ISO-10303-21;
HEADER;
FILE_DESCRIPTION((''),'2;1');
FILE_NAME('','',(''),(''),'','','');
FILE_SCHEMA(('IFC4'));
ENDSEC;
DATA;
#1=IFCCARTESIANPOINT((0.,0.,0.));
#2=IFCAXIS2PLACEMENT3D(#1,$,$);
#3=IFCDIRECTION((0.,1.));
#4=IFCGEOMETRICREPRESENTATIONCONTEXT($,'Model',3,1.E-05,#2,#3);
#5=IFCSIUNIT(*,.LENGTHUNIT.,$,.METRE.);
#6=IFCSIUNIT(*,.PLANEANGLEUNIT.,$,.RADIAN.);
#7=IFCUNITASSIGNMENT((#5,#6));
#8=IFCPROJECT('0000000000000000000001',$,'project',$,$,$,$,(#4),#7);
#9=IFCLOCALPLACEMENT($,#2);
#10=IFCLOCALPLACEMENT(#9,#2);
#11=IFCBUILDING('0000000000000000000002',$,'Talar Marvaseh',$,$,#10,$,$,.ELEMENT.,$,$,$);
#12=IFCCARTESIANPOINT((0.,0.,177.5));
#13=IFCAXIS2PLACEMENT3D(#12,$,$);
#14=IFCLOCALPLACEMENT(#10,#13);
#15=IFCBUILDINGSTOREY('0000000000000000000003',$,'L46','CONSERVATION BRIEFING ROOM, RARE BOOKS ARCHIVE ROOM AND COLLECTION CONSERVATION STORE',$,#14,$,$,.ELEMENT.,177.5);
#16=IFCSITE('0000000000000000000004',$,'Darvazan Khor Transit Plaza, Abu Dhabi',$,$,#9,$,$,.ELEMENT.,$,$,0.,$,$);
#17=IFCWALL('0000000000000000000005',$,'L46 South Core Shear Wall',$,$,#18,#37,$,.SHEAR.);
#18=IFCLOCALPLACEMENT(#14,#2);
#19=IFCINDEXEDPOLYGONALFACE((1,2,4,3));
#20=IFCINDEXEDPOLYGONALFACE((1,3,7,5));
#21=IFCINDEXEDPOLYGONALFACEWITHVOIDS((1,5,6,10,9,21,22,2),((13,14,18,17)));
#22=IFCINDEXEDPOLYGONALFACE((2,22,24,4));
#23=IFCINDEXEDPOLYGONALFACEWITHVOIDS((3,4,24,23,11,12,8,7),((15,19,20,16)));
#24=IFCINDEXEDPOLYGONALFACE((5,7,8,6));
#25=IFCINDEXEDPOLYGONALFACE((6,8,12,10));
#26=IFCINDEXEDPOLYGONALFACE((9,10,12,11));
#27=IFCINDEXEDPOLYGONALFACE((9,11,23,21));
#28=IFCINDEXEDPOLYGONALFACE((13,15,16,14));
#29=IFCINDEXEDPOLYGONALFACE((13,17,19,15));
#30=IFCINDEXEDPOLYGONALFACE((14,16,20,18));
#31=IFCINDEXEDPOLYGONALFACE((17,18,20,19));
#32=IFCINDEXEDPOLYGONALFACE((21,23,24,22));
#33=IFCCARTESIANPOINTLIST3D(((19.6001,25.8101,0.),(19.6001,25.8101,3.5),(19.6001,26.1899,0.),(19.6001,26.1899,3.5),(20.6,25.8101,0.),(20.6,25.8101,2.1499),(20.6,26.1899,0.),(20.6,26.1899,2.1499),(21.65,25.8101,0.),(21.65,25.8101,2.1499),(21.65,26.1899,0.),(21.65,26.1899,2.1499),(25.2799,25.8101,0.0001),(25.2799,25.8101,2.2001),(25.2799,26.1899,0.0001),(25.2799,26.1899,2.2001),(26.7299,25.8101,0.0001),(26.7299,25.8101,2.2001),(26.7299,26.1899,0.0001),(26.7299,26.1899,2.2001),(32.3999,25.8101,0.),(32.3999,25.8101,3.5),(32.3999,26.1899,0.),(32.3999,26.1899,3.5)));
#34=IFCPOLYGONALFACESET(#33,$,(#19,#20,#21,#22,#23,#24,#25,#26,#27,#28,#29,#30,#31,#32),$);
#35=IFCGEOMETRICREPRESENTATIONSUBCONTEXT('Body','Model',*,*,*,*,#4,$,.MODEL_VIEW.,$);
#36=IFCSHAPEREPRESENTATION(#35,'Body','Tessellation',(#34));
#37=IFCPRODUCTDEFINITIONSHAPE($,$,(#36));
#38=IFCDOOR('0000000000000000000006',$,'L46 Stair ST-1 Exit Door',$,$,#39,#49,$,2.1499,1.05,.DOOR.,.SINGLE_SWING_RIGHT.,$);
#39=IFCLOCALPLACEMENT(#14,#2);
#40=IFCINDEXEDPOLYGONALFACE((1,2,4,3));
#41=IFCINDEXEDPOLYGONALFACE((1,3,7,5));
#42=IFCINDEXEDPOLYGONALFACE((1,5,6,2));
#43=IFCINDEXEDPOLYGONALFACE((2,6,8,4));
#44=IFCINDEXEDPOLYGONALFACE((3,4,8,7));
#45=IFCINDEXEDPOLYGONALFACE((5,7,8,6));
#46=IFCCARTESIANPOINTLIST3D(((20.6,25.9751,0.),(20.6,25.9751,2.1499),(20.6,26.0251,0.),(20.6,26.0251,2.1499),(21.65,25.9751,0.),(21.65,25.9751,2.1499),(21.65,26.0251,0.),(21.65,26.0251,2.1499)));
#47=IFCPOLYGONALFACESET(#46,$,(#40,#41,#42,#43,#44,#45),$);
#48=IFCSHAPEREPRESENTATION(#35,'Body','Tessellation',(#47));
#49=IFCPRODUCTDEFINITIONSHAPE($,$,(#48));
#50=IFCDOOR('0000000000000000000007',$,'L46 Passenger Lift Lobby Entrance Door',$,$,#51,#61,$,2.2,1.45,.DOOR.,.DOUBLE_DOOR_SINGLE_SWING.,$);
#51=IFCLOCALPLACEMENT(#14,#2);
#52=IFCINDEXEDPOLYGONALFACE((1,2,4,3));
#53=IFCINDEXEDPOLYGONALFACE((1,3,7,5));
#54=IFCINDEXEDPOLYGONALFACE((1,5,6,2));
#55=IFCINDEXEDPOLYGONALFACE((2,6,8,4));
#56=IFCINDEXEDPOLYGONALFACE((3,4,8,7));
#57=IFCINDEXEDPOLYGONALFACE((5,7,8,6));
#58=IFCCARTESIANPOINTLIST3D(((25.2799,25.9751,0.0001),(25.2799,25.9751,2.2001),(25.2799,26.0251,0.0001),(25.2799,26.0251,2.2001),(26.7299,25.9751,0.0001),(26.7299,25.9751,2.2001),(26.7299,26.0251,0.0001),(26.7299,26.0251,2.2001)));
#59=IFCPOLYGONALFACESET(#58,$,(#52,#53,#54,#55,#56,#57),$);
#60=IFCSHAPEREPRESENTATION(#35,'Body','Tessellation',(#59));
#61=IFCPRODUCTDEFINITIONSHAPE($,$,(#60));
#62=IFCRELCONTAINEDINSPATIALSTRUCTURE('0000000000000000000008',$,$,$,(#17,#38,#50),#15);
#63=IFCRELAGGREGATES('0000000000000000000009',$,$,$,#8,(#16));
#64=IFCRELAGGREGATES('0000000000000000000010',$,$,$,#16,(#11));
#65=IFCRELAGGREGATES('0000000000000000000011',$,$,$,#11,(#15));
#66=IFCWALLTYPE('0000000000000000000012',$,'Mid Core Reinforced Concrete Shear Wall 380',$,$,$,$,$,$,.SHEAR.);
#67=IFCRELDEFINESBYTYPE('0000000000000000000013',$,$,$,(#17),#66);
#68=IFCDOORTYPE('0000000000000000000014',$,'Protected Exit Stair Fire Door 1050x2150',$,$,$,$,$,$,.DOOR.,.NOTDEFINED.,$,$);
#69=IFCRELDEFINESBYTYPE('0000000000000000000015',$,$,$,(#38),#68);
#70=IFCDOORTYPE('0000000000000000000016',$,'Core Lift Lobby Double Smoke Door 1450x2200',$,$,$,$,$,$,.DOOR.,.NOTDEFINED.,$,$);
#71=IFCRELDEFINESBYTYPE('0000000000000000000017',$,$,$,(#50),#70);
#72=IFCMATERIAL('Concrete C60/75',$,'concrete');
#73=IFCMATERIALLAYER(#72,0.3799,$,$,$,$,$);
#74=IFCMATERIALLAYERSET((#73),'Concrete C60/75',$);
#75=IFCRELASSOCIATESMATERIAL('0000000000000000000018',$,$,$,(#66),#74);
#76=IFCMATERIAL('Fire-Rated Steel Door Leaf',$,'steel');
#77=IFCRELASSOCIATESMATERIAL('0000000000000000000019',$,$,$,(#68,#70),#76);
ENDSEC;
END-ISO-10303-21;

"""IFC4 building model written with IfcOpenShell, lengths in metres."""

from ifc_helpers import new_model, si_unit, direction, frame, frame_2d, origin, place, context, subcontext, project, spatial, rectangle, extrude, source, transform, mapped, material, layer, layer_set, type_object, type_shapes, element, fill, save


model = new_model("IFC4")

# Units and contexts
model_context = context("Model", 3, precision=1e-05, world=origin(), true_north=direction((0.0, 1.0)))
body_context = subcontext(model_context, "Body", "Model", "MODEL_VIEW")
ifc_project = project(units=[si_unit("LENGTHUNIT", "METRE"), si_unit("PLANEANGLEUNIT", "RADIAN")], contexts=[model_context])

# Site, building, storey
site_placement = place(None, origin())
site = spatial("IfcSite", under=ifc_project, at=site_placement, Name="Darvazan Khor Transit Plaza, Abu Dhabi", CompositionType="ELEMENT", RefElevation=0.0)
building_placement = place(site_placement, origin())
building = spatial("IfcBuilding", under=site, at=building_placement, Name="Talar Marvaseh", CompositionType="ELEMENT")
storey_placement = place(building_placement, frame((0.0, 0.0, 177.5)))
storey = spatial("IfcBuildingStorey", under=building, at=storey_placement, Name="L46", Description="CONSERVATION BRIEFING ROOM, RARE BOOKS ARCHIVE ROOM AND COLLECTION CONSERVATION STORE", CompositionType="ELEMENT", Elevation=177.5)

# Shared definitions
ifc_material_1 = material(Name="Concrete C60/75", Category="concrete")

# Wall, openings, doors
ifc_layer_1 = layer(ifc_material_1, 0.3799)
ifc_layer_set_1 = layer_set([ifc_layer_1], Name="Concrete C60/75")
wall_type_1 = type_object("IfcWallType", Name="Mid Core Reinforced Concrete Shear Wall 380", PredefinedType="SHEAR", material=ifc_layer_set_1)
wall_1_placement = place(storey_placement, frame((32.3999, 26.0, 0.0), z_axis=(0.0, 0.0, 1.0), x_axis=(-1.0, 0.0, 0.0)))
wall_1 = element("IfcWall", 1, at=wall_1_placement, inside=storey, type_object=wall_type_1, Name="L46 South Core Shear Wall", PredefinedType="SHEAR", context=body_context, shape_type="SweptSolid", body=[
    extrude(rectangle(XDim=12.7998, YDim=0.3799, at=frame_2d((6.3999, 0.0))), origin(), (0.0, 0.0, 1.0), 3.5),
])
opening_1_placement = place(wall_1_placement, frame((10.75, 0.0, 0.0)))
opening_1 = element("IfcOpeningElement", 2, at=opening_1_placement, cuts=wall_1, PredefinedType="OPENING", context=body_context, shape_type="SweptSolid", body=[
    extrude(rectangle(XDim=1.05, YDim=2.1499, at=frame_2d((0.5249, 1.075))), frame((0.0, 0.2, 0.0), z_axis=(0.0, -1.0, 0.0), x_axis=(1.0, 0.0, 0.0)), (0.0, 0.0, 1.0), 0.3999),
])
opening_2_placement = place(wall_1_placement, frame((5.6699, 0.0, 0.0)))
opening_2 = element("IfcOpeningElement", 3, at=opening_2_placement, cuts=wall_1, PredefinedType="OPENING", context=body_context, shape_type="SweptSolid", body=[
    extrude(rectangle(XDim=1.45, YDim=2.2, at=frame_2d((0.7251, 1.1001))), frame((0.0, 0.2, 0.0), z_axis=(0.0, -1.0, 0.0), x_axis=(1.0, 0.0, 0.0)), (0.0, 0.0, 1.0), 0.3999),
])
ifc_material_2 = material(Name="Fire-Rated Steel Door Leaf", Category="steel")
door_type_1 = type_object("IfcDoorType", Name="Protected Exit Stair Fire Door 1050x2150", OperationType="NOTDEFINED", PredefinedType="DOOR", material=ifc_material_2)
shared_shape_1 = source(origin(), body_context, "Body", "SweptSolid", [
    extrude(rectangle(XDim=1.05, YDim=2.1499, at=frame_2d((0.5249, 1.075))), frame((0.0, 0.0249, 0.0), z_axis=(0.0, -1.0, 0.0), x_axis=(1.0, 0.0, 0.0)), (0.0, 0.0, 1.0), 0.05),
])
type_shapes(door_type_1, [shared_shape_1])
door_1_placement = place(opening_1_placement, origin())
door_1 = element("IfcDoor", 4, at=door_1_placement, inside=storey, type_object=door_type_1, Name="L46 Stair ST-1 Exit Door", OperationType="SINGLE_SWING_RIGHT", OverallHeight=2.1499, OverallWidth=1.05, PredefinedType="DOOR", context=body_context, shape_type="MappedRepresentation", body=[
    mapped(shared_shape_1, transform((0.0, 0.0, 0.0), x_axis=(1.0, 0.0, 0.0), y_axis=(0.0, 1.0, 0.0), z_axis=(0.0, 0.0, 1.0), scale=1.0)),
])
fill(opening_1, door_1)
door_type_2 = type_object("IfcDoorType", Name="Core Lift Lobby Double Smoke Door 1450x2200", OperationType="NOTDEFINED", PredefinedType="DOOR", material=ifc_material_2)
shared_shape_2 = source(origin(), body_context, "Body", "SweptSolid", [
    extrude(rectangle(XDim=1.45, YDim=2.2, at=frame_2d((0.7251, 1.1001))), frame((0.0, 0.0249, 0.0), z_axis=(0.0, -1.0, 0.0), x_axis=(1.0, 0.0, 0.0)), (0.0, 0.0, 1.0), 0.05),
])
type_shapes(door_type_2, [shared_shape_2])
door_2_placement = place(opening_2_placement, origin())
door_2 = element("IfcDoor", 5, at=door_2_placement, inside=storey, type_object=door_type_2, Name="L46 Passenger Lift Lobby Entrance Door", OperationType="DOUBLE_DOOR_SINGLE_SWING", OverallHeight=2.2, OverallWidth=1.45, PredefinedType="DOOR", context=body_context, shape_type="MappedRepresentation", body=[
    mapped(shared_shape_2, transform((0.0, 0.0, 0.0), x_axis=(1.0, 0.0, 0.0), y_axis=(0.0, 1.0, 0.0), z_axis=(0.0, 0.0, 1.0), scale=1.0)),
])
fill(opening_2, door_2)

save(model, "model.ifc")
